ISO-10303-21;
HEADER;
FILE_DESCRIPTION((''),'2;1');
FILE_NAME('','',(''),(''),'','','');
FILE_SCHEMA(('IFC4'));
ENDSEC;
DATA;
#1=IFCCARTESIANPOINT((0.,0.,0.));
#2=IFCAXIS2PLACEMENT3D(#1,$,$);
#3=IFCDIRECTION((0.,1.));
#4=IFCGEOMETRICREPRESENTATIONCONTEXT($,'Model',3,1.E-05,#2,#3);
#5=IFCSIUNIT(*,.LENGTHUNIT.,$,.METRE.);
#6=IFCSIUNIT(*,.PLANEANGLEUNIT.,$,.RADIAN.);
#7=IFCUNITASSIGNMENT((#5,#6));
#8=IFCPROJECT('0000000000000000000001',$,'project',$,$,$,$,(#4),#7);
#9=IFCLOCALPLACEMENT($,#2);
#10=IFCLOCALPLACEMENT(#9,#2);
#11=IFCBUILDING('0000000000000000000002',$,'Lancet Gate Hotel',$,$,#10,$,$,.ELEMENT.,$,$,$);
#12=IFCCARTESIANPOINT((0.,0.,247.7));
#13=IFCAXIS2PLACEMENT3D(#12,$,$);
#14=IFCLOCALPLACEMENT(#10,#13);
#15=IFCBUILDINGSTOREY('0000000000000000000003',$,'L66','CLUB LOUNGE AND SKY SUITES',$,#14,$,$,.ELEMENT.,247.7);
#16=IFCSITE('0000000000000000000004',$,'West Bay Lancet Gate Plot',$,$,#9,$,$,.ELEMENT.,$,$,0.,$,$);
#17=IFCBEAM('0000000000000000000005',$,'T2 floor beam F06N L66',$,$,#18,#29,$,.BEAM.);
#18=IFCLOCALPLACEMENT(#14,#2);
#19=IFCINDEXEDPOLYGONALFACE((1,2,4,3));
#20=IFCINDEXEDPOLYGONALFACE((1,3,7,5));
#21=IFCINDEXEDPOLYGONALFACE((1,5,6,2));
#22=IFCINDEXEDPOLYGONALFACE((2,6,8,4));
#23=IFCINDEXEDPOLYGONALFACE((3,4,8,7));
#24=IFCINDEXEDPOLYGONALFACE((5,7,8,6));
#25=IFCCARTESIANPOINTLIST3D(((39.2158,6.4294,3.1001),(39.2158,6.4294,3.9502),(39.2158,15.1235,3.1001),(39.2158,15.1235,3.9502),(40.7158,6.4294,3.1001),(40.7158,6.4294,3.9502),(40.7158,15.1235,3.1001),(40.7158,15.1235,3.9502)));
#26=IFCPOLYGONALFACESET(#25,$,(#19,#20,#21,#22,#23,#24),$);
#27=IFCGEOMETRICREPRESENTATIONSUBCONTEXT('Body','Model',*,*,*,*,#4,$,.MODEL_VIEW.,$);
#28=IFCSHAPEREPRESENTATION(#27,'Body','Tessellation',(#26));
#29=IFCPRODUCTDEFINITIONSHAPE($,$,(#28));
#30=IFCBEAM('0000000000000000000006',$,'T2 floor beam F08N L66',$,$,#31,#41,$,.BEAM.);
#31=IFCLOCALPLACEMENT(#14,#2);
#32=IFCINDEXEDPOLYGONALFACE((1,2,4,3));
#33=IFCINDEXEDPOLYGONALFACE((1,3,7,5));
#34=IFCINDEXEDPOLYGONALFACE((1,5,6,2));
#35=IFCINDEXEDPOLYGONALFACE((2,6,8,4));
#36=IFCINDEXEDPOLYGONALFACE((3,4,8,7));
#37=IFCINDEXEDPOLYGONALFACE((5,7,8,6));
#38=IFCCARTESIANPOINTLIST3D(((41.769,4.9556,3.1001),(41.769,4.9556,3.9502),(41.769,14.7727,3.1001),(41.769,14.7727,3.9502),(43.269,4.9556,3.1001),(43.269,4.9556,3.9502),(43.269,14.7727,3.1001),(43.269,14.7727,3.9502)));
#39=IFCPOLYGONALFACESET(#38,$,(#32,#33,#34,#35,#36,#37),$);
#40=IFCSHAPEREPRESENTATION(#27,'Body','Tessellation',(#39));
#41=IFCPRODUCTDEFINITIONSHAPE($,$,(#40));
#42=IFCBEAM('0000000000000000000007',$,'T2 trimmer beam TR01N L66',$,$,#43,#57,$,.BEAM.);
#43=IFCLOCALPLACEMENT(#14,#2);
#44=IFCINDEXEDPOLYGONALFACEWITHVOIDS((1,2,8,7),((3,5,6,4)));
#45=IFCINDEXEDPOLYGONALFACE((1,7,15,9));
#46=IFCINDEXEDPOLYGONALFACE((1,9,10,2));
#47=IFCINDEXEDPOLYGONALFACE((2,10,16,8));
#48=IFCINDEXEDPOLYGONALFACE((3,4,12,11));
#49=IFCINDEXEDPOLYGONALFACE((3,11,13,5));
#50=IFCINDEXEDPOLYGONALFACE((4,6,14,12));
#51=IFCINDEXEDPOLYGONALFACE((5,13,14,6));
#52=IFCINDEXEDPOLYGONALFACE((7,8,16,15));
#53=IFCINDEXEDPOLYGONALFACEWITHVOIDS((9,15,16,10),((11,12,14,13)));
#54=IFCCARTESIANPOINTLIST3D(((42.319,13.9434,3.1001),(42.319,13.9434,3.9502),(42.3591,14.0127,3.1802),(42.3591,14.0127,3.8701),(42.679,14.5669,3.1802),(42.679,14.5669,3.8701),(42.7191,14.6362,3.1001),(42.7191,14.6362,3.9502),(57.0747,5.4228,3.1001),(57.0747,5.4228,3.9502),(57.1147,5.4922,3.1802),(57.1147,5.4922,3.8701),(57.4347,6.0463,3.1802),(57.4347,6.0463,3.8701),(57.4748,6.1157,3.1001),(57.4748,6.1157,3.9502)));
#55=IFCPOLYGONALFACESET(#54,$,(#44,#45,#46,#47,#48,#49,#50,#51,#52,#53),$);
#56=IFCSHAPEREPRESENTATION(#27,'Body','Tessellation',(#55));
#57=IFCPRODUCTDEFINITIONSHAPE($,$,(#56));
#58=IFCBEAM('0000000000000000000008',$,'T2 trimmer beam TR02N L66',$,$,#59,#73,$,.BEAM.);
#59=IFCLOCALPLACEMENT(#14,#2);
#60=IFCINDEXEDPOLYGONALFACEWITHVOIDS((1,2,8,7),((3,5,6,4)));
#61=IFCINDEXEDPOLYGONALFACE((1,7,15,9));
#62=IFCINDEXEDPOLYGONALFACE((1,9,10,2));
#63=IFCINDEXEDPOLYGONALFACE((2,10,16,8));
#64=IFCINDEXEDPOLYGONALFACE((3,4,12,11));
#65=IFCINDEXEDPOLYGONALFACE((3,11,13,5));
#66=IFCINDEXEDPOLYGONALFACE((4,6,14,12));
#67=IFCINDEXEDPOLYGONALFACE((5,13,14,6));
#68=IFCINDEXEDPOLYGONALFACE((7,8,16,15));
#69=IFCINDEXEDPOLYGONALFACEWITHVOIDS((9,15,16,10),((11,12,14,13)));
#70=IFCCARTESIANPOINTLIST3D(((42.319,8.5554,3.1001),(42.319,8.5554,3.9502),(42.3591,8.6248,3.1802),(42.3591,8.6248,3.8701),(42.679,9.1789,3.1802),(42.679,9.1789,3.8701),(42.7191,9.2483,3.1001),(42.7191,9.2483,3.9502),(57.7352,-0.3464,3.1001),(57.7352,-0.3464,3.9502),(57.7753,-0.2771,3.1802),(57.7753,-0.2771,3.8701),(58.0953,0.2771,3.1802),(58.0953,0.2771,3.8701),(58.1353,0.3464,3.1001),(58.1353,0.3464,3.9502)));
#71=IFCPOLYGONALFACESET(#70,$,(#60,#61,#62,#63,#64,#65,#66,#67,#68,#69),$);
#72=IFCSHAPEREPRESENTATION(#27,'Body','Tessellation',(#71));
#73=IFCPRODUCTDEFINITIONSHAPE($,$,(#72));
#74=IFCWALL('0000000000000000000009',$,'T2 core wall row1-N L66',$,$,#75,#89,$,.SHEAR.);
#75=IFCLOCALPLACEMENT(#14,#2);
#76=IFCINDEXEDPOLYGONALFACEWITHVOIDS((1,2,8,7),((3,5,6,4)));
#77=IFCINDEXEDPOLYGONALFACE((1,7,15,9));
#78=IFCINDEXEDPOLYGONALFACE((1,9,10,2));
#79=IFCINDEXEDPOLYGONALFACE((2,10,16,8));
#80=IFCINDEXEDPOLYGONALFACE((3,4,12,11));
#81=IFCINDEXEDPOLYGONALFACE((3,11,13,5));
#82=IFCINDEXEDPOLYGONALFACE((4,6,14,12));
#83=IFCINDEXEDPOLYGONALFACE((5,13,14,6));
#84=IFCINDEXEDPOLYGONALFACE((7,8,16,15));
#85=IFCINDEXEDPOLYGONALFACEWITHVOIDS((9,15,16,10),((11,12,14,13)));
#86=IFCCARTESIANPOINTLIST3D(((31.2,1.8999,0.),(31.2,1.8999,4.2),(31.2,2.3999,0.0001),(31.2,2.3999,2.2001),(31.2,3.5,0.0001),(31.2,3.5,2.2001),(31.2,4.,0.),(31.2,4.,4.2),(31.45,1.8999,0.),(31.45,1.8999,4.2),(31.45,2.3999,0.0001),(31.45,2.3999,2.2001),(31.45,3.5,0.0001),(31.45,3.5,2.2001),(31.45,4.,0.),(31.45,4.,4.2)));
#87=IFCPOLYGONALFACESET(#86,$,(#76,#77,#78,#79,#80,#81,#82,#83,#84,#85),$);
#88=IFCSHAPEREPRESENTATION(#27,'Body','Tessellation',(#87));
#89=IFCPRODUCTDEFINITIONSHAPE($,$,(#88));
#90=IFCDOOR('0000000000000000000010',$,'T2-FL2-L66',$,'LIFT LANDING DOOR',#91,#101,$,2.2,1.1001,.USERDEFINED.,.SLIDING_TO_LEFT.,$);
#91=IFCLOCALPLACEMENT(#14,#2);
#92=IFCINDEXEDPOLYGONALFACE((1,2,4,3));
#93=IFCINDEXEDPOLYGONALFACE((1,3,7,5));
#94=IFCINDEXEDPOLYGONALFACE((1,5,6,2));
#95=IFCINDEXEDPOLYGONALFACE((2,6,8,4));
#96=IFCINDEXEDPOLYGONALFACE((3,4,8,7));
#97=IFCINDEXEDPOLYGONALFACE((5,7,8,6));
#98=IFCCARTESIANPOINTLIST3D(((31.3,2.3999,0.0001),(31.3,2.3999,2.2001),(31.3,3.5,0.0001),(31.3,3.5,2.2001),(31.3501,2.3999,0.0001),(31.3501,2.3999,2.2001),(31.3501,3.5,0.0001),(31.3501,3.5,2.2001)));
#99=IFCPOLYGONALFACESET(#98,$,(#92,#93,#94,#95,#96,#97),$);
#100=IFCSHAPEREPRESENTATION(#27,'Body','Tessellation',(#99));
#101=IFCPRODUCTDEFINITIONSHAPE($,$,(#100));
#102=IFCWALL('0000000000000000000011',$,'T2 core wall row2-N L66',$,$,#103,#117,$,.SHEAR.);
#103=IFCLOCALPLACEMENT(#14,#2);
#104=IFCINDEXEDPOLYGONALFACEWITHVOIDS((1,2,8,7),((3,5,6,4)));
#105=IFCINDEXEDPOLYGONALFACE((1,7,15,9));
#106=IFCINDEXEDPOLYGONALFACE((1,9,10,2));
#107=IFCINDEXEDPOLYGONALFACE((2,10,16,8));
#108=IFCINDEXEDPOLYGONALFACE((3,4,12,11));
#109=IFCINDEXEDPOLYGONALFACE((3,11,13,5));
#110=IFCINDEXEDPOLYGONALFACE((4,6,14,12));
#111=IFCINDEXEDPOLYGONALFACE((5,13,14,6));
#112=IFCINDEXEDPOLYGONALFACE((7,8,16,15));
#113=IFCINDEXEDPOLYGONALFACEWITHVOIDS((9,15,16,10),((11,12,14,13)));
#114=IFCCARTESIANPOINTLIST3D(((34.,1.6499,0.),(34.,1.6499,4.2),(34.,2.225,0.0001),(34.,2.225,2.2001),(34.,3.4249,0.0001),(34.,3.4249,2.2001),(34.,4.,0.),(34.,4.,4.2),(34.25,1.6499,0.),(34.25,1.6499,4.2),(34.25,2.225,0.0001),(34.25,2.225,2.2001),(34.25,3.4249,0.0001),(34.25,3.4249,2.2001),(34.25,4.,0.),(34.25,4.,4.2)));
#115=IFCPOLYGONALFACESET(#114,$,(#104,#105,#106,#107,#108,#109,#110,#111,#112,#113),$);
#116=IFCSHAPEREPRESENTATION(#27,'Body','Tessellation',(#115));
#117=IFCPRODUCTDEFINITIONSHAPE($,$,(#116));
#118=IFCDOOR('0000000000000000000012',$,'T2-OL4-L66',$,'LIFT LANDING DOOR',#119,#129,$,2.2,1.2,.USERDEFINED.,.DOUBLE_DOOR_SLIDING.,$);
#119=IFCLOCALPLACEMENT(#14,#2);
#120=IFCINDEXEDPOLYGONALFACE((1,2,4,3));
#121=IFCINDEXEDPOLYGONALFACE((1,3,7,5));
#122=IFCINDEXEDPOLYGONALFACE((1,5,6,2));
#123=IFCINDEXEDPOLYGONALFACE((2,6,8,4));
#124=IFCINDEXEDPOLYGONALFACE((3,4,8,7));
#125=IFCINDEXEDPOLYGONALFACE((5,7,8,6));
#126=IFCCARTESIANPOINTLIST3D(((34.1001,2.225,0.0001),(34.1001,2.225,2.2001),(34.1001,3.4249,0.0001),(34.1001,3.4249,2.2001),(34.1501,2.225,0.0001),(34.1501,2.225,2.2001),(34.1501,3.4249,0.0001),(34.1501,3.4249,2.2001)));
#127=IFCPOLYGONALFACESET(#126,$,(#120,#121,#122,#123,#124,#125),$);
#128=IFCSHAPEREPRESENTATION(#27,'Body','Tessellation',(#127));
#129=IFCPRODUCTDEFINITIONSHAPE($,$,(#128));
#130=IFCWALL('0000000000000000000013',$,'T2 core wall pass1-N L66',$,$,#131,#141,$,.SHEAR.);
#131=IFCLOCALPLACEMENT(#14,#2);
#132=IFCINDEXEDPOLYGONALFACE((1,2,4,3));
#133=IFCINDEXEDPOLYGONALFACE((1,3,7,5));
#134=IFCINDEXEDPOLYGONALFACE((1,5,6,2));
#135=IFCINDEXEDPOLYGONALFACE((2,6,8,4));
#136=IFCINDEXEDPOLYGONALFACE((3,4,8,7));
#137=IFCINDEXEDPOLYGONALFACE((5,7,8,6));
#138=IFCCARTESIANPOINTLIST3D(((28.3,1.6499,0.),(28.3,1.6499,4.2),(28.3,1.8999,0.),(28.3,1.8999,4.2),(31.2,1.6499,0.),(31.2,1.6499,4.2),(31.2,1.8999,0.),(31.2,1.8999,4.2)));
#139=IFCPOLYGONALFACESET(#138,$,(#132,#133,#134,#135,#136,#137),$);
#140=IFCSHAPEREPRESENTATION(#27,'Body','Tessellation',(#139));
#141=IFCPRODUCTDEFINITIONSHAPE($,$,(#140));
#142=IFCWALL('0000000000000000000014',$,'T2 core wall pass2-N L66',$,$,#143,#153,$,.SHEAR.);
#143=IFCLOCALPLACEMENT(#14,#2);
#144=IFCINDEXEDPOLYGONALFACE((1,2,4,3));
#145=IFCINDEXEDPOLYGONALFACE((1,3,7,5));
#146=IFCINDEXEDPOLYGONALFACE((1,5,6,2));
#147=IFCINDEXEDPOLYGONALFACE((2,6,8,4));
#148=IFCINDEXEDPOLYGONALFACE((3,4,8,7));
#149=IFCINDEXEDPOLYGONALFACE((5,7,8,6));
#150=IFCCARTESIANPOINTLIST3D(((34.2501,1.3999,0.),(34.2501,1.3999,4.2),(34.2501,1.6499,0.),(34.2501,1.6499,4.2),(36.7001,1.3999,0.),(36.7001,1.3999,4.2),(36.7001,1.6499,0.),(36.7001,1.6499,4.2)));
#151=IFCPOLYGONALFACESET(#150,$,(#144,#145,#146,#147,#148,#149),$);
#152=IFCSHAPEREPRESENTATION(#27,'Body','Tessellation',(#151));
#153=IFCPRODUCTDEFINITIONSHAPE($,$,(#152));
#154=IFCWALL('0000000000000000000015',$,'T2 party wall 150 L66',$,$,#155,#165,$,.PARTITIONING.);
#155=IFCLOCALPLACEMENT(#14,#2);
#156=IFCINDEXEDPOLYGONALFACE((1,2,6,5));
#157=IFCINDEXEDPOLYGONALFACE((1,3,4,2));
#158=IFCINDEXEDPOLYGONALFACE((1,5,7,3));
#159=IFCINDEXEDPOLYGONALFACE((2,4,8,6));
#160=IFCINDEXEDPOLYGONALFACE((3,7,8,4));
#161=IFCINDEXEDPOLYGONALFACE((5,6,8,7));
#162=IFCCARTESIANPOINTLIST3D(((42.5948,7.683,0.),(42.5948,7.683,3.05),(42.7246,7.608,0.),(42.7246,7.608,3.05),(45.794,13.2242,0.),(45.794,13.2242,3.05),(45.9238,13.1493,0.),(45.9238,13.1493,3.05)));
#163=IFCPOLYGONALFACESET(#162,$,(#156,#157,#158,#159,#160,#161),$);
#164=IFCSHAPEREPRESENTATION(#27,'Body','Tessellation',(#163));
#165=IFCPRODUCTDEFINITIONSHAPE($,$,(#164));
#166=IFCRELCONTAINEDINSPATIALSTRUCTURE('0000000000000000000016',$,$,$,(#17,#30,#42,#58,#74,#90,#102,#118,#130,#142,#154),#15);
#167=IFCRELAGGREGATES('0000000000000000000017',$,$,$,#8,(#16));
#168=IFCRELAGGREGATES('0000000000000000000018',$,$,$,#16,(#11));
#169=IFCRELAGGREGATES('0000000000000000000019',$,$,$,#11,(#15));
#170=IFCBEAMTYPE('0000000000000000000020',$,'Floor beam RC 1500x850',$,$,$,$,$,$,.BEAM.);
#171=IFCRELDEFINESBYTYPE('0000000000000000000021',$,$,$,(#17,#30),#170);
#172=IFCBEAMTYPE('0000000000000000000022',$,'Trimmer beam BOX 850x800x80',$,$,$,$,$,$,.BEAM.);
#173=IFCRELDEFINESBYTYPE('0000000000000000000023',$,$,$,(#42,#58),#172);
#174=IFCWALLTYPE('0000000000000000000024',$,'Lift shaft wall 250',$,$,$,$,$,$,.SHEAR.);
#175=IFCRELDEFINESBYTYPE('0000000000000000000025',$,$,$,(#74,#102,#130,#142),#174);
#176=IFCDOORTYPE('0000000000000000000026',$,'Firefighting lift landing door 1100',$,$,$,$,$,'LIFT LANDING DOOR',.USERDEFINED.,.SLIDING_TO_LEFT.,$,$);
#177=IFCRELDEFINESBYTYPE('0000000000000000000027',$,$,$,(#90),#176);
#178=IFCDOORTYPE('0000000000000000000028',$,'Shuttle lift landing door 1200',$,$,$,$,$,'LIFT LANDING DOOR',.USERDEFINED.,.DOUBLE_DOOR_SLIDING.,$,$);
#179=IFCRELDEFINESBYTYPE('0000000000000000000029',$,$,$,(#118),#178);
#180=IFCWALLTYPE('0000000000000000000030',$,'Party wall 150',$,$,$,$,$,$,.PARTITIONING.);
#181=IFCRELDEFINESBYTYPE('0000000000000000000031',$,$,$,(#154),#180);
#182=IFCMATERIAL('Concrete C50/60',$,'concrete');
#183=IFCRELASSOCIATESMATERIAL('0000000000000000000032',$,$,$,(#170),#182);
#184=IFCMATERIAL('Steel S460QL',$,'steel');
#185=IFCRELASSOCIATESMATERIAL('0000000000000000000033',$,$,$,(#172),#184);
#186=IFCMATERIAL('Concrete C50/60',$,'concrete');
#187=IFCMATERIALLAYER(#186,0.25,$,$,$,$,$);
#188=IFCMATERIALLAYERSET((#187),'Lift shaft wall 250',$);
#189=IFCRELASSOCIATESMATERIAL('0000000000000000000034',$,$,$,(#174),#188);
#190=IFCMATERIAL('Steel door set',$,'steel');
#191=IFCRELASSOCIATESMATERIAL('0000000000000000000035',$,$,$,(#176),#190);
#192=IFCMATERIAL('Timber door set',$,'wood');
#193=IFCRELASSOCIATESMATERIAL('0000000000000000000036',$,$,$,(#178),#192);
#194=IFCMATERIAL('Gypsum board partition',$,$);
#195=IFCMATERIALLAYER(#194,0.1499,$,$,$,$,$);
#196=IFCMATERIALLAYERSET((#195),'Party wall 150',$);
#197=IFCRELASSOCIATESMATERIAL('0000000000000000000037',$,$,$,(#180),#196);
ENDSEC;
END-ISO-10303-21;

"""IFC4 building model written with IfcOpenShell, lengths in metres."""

from ifc_helpers import new_model, si_unit, direction, frame, frame_2d, origin, origin_2d, place, context, subcontext, project, spatial, rectangle, hollow_rectangle, extrude, material, layer, layer_set, material_profile, profile_set, type_object, element, fill, save


model = new_model("IFC4")

# Units and contexts
model_context = context("Model", 3, precision=1e-05, world=origin(), true_north=direction((0.0, 1.0)))
body_context = subcontext(model_context, "Body", "Model", "MODEL_VIEW")
ifc_project = project(units=[si_unit("LENGTHUNIT", "METRE"), si_unit("PLANEANGLEUNIT", "RADIAN")], contexts=[model_context])

# Site, building, storey
site_placement = place(None, origin())
site = spatial("IfcSite", under=ifc_project, at=site_placement, Name="West Bay Lancet Gate Plot", CompositionType="ELEMENT", RefElevation=0.0)
building_placement = place(site_placement, origin())
building = spatial("IfcBuilding", under=site, at=building_placement, Name="Lancet Gate Hotel", CompositionType="ELEMENT")
storey_placement = place(building_placement, frame((0.0, 0.0, 247.7)))
storey = spatial("IfcBuildingStorey", under=building, at=storey_placement, Name="L66", Description="CLUB LOUNGE AND SKY SUITES", CompositionType="ELEMENT", Elevation=247.7)

# Beams
ifc_material_1 = material(Name="Concrete C50/60", Category="concrete")
ifc_material_profile_1 = material_profile(ifc_material_1, rectangle(XDim=1.5, YDim=0.8501, at=origin_2d()), Name="RC 1500x850")
ifc_profile_set_1 = profile_set([ifc_material_profile_1], Name="Concrete C50/60")
beam_type_1 = type_object("IfcBeamType", Name="Floor beam RC 1500x850", PredefinedType="BEAM", material=ifc_profile_set_1)
beam_1_placement = place(storey_placement, frame((39.9658, 6.4294, 3.5251), z_axis=(0.0, 1.0, 0.0), x_axis=(-1.0, 0.0, 0.0)))
element("IfcBeam", 1, at=beam_1_placement, inside=storey, type_object=beam_type_1, Name="T2 floor beam F06N L66", PredefinedType="BEAM", context=body_context, shape_type="SweptSolid", body=[
    extrude(rectangle(XDim=1.5, YDim=0.8501, at=origin_2d()), origin(), (0.0, 0.0, 1.0), 8.6941),
])
beam_2_placement = place(storey_placement, frame((42.519, 4.9556, 3.5251), z_axis=(0.0, 1.0, 0.0), x_axis=(-1.0, 0.0, 0.0)))
element("IfcBeam", 2, at=beam_2_placement, inside=storey, type_object=beam_type_1, Name="T2 floor beam F08N L66", PredefinedType="BEAM", context=body_context, shape_type="SweptSolid", body=[
    extrude(rectangle(XDim=1.5, YDim=0.8501, at=origin_2d()), origin(), (0.0, 0.0, 1.0), 9.8171),
])
ifc_material_2 = material(Name="Steel S460QL", Category="steel")
ifc_material_profile_2 = material_profile(ifc_material_2, hollow_rectangle(XDim=0.8, YDim=0.8501, WallThickness=0.0801, at=origin_2d()), Name="BOX 850x800x80")
ifc_profile_set_2 = profile_set([ifc_material_profile_2], Name="Steel S460QL")
beam_type_2 = type_object("IfcBeamType", Name="Trimmer beam BOX 850x800x80", PredefinedType="BEAM", material=ifc_profile_set_2)
beam_3_placement = place(storey_placement, frame((42.519, 14.2898, 3.5251), z_axis=(0.865991, -0.500059, 0.0), x_axis=(0.500059, 0.865991, 0.0)))
element("IfcBeam", 3, at=beam_3_placement, inside=storey, type_object=beam_type_2, Name="T2 trimmer beam TR01N L66", PredefinedType="BEAM", context=body_context, shape_type="SweptSolid", body=[
    extrude(hollow_rectangle(XDim=0.8, YDim=0.8501, WallThickness=0.0801, at=origin_2d()), origin(), (0.0, 0.0, 1.0), 17.0391),
])
beam_4_placement = place(storey_placement, frame((42.519, 8.9019, 3.5251), z_axis=(0.865994, -0.500054, 0.0), x_axis=(0.500054, 0.865994, 0.0)))
element("IfcBeam", 4, at=beam_4_placement, inside=storey, type_object=beam_type_2, Name="T2 trimmer beam TR02N L66", PredefinedType="BEAM", context=body_context, shape_type="SweptSolid", body=[
    extrude(hollow_rectangle(XDim=0.8, YDim=0.8501, WallThickness=0.0801, at=origin_2d()), origin(), (0.0, 0.0, 1.0), 17.8018),
])

# Walls, openings, doors
ifc_material_3 = material(Name="Concrete C50/60", Category="concrete")
ifc_layer_1 = layer(ifc_material_3, 0.25)
ifc_layer_set_1 = layer_set([ifc_layer_1], Name="Lift shaft wall 250")
wall_type_1 = type_object("IfcWallType", Name="Lift shaft wall 250", PredefinedType="SHEAR", material=ifc_layer_set_1)
wall_1_placement = place(storey_placement, frame((31.325, 1.8999, 0.0), z_axis=(0.0, 0.0, 1.0), x_axis=(0.0, 1.0, 0.0)))
wall_1 = element("IfcWall", 5, at=wall_1_placement, inside=storey, type_object=wall_type_1, Name="T2 core wall row1-N L66", PredefinedType="SHEAR", context=body_context, shape_type="SweptSolid", body=[
    extrude(rectangle(XDim=2.1001, YDim=0.25, at=frame_2d((1.05, 0.0))), origin(), (0.0, 0.0, 1.0), 4.2),
])
opening_1_placement = place(wall_1_placement, frame((0.5, 0.0, 0.0)))
opening_1 = element("IfcOpeningElement", 6, at=opening_1_placement, cuts=wall_1, PredefinedType="OPENING", context=body_context, shape_type="SweptSolid", body=[
    extrude(rectangle(XDim=1.1001, YDim=2.2, at=frame_2d((0.55, 1.1001))), frame((0.0, 0.135, 0.0), z_axis=(0.0, -1.0, 0.0), x_axis=(1.0, 0.0, 0.0)), (0.0, 0.0, 1.0), 0.27),
])
ifc_material_4 = material(Name="Steel door set", Category="steel")
door_type_1 = type_object("IfcDoorType", Name="Firefighting lift landing door 1100", ElementType="LIFT LANDING DOOR", OperationType="SLIDING_TO_LEFT", PredefinedType="USERDEFINED", material=ifc_material_4)
door_1_placement = place(opening_1_placement, origin())
door_1 = element("IfcDoor", 7, at=door_1_placement, inside=storey, type_object=door_type_1, Name="T2-FL2-L66", ObjectType="LIFT LANDING DOOR", OperationType="SLIDING_TO_LEFT", OverallHeight=2.2, OverallWidth=1.1001, PredefinedType="USERDEFINED", context=body_context, shape_type="SweptSolid", body=[
    extrude(rectangle(XDim=1.1001, YDim=2.2, at=frame_2d((0.55, 1.1001))), frame((0.0, 0.0249, 0.0), z_axis=(0.0, -1.0, 0.0), x_axis=(1.0, 0.0, 0.0)), (0.0, 0.0, 1.0), 0.05),
])
fill(opening_1, door_1)
wall_2_placement = place(storey_placement, frame((34.125, 1.6499, 0.0), z_axis=(0.0, 0.0, 1.0), x_axis=(0.0, 1.0, 0.0)))
wall_2 = element("IfcWall", 8, at=wall_2_placement, inside=storey, type_object=wall_type_1, Name="T2 core wall row2-N L66", PredefinedType="SHEAR", context=body_context, shape_type="SweptSolid", body=[
    extrude(rectangle(XDim=2.3501, YDim=0.25, at=frame_2d((1.175, 0.0))), origin(), (0.0, 0.0, 1.0), 4.2),
])
opening_2_placement = place(wall_2_placement, frame((0.575, 0.0, 0.0)))
opening_2 = element("IfcOpeningElement", 9, at=opening_2_placement, cuts=wall_2, PredefinedType="OPENING", context=body_context, shape_type="SweptSolid", body=[
    extrude(rectangle(XDim=1.2, YDim=2.2, at=frame_2d((0.6001, 1.1001))), frame((0.0, 0.135, 0.0), z_axis=(0.0, -1.0, 0.0), x_axis=(1.0, 0.0, 0.0)), (0.0, 0.0, 1.0), 0.27),
])
ifc_material_5 = material(Name="Timber door set", Category="wood")
door_type_2 = type_object("IfcDoorType", Name="Shuttle lift landing door 1200", ElementType="LIFT LANDING DOOR", OperationType="DOUBLE_DOOR_SLIDING", PredefinedType="USERDEFINED", material=ifc_material_5)
door_2_placement = place(opening_2_placement, origin())
door_2 = element("IfcDoor", 10, at=door_2_placement, inside=storey, type_object=door_type_2, Name="T2-OL4-L66", ObjectType="LIFT LANDING DOOR", OperationType="DOUBLE_DOOR_SLIDING", OverallHeight=2.2, OverallWidth=1.2, PredefinedType="USERDEFINED", context=body_context, shape_type="SweptSolid", body=[
    extrude(rectangle(XDim=1.2, YDim=2.2, at=frame_2d((0.6001, 1.1001))), frame((0.0, 0.0249, 0.0), z_axis=(0.0, -1.0, 0.0), x_axis=(1.0, 0.0, 0.0)), (0.0, 0.0, 1.0), 0.05),
])
fill(opening_2, door_2)

# Walls
wall_3_placement = place(storey_placement, frame((28.3, 1.7749, 0.0), z_axis=(0.0, 0.0, 1.0), x_axis=(1.0, 0.0, 0.0)))
element("IfcWall", 11, at=wall_3_placement, inside=storey, type_object=wall_type_1, Name="T2 core wall pass1-N L66", PredefinedType="SHEAR", context=body_context, shape_type="SweptSolid", body=[
    extrude(rectangle(XDim=2.8999, YDim=0.25, at=frame_2d((1.45, 0.0))), origin(), (0.0, 0.0, 1.0), 4.2),
])
wall_4_placement = place(storey_placement, frame((34.25, 1.5249, 0.0), z_axis=(0.0, 0.0, 1.0), x_axis=(1.0, 0.0, 0.0)))
element("IfcWall", 12, at=wall_4_placement, inside=storey, type_object=wall_type_1, Name="T2 core wall pass2-N L66", PredefinedType="SHEAR", context=body_context, shape_type="SweptSolid", body=[
    extrude(rectangle(XDim=2.45, YDim=0.25, at=frame_2d((1.2251, 0.0))), origin(), (0.0, 0.0, 1.0), 4.2),
])
ifc_material_6 = material(Name="Gypsum board partition")
ifc_layer_2 = layer(ifc_material_6, 0.1499)
ifc_layer_set_2 = layer_set([ifc_layer_2], Name="Party wall 150")
wall_type_2 = type_object("IfcWallType", Name="Party wall 150", PredefinedType="PARTITIONING", material=ifc_layer_set_2)
wall_5_placement = place(storey_placement, frame((42.6597, 7.6455, 0.0), z_axis=(0.0, 0.0, 1.0), x_axis=(0.499997, 0.866027, 0.0)))
element("IfcWall", 13, at=wall_5_placement, inside=storey, type_object=wall_type_2, Name="T2 party wall 150 L66", PredefinedType="PARTITIONING", context=body_context, shape_type="SweptSolid", body=[
    extrude(rectangle(XDim=6.3984, YDim=0.1499, at=frame_2d((3.1992, 0.0))), origin(), (0.0, 0.0, 1.0), 3.05),
])

save(model, "model.ifc")
